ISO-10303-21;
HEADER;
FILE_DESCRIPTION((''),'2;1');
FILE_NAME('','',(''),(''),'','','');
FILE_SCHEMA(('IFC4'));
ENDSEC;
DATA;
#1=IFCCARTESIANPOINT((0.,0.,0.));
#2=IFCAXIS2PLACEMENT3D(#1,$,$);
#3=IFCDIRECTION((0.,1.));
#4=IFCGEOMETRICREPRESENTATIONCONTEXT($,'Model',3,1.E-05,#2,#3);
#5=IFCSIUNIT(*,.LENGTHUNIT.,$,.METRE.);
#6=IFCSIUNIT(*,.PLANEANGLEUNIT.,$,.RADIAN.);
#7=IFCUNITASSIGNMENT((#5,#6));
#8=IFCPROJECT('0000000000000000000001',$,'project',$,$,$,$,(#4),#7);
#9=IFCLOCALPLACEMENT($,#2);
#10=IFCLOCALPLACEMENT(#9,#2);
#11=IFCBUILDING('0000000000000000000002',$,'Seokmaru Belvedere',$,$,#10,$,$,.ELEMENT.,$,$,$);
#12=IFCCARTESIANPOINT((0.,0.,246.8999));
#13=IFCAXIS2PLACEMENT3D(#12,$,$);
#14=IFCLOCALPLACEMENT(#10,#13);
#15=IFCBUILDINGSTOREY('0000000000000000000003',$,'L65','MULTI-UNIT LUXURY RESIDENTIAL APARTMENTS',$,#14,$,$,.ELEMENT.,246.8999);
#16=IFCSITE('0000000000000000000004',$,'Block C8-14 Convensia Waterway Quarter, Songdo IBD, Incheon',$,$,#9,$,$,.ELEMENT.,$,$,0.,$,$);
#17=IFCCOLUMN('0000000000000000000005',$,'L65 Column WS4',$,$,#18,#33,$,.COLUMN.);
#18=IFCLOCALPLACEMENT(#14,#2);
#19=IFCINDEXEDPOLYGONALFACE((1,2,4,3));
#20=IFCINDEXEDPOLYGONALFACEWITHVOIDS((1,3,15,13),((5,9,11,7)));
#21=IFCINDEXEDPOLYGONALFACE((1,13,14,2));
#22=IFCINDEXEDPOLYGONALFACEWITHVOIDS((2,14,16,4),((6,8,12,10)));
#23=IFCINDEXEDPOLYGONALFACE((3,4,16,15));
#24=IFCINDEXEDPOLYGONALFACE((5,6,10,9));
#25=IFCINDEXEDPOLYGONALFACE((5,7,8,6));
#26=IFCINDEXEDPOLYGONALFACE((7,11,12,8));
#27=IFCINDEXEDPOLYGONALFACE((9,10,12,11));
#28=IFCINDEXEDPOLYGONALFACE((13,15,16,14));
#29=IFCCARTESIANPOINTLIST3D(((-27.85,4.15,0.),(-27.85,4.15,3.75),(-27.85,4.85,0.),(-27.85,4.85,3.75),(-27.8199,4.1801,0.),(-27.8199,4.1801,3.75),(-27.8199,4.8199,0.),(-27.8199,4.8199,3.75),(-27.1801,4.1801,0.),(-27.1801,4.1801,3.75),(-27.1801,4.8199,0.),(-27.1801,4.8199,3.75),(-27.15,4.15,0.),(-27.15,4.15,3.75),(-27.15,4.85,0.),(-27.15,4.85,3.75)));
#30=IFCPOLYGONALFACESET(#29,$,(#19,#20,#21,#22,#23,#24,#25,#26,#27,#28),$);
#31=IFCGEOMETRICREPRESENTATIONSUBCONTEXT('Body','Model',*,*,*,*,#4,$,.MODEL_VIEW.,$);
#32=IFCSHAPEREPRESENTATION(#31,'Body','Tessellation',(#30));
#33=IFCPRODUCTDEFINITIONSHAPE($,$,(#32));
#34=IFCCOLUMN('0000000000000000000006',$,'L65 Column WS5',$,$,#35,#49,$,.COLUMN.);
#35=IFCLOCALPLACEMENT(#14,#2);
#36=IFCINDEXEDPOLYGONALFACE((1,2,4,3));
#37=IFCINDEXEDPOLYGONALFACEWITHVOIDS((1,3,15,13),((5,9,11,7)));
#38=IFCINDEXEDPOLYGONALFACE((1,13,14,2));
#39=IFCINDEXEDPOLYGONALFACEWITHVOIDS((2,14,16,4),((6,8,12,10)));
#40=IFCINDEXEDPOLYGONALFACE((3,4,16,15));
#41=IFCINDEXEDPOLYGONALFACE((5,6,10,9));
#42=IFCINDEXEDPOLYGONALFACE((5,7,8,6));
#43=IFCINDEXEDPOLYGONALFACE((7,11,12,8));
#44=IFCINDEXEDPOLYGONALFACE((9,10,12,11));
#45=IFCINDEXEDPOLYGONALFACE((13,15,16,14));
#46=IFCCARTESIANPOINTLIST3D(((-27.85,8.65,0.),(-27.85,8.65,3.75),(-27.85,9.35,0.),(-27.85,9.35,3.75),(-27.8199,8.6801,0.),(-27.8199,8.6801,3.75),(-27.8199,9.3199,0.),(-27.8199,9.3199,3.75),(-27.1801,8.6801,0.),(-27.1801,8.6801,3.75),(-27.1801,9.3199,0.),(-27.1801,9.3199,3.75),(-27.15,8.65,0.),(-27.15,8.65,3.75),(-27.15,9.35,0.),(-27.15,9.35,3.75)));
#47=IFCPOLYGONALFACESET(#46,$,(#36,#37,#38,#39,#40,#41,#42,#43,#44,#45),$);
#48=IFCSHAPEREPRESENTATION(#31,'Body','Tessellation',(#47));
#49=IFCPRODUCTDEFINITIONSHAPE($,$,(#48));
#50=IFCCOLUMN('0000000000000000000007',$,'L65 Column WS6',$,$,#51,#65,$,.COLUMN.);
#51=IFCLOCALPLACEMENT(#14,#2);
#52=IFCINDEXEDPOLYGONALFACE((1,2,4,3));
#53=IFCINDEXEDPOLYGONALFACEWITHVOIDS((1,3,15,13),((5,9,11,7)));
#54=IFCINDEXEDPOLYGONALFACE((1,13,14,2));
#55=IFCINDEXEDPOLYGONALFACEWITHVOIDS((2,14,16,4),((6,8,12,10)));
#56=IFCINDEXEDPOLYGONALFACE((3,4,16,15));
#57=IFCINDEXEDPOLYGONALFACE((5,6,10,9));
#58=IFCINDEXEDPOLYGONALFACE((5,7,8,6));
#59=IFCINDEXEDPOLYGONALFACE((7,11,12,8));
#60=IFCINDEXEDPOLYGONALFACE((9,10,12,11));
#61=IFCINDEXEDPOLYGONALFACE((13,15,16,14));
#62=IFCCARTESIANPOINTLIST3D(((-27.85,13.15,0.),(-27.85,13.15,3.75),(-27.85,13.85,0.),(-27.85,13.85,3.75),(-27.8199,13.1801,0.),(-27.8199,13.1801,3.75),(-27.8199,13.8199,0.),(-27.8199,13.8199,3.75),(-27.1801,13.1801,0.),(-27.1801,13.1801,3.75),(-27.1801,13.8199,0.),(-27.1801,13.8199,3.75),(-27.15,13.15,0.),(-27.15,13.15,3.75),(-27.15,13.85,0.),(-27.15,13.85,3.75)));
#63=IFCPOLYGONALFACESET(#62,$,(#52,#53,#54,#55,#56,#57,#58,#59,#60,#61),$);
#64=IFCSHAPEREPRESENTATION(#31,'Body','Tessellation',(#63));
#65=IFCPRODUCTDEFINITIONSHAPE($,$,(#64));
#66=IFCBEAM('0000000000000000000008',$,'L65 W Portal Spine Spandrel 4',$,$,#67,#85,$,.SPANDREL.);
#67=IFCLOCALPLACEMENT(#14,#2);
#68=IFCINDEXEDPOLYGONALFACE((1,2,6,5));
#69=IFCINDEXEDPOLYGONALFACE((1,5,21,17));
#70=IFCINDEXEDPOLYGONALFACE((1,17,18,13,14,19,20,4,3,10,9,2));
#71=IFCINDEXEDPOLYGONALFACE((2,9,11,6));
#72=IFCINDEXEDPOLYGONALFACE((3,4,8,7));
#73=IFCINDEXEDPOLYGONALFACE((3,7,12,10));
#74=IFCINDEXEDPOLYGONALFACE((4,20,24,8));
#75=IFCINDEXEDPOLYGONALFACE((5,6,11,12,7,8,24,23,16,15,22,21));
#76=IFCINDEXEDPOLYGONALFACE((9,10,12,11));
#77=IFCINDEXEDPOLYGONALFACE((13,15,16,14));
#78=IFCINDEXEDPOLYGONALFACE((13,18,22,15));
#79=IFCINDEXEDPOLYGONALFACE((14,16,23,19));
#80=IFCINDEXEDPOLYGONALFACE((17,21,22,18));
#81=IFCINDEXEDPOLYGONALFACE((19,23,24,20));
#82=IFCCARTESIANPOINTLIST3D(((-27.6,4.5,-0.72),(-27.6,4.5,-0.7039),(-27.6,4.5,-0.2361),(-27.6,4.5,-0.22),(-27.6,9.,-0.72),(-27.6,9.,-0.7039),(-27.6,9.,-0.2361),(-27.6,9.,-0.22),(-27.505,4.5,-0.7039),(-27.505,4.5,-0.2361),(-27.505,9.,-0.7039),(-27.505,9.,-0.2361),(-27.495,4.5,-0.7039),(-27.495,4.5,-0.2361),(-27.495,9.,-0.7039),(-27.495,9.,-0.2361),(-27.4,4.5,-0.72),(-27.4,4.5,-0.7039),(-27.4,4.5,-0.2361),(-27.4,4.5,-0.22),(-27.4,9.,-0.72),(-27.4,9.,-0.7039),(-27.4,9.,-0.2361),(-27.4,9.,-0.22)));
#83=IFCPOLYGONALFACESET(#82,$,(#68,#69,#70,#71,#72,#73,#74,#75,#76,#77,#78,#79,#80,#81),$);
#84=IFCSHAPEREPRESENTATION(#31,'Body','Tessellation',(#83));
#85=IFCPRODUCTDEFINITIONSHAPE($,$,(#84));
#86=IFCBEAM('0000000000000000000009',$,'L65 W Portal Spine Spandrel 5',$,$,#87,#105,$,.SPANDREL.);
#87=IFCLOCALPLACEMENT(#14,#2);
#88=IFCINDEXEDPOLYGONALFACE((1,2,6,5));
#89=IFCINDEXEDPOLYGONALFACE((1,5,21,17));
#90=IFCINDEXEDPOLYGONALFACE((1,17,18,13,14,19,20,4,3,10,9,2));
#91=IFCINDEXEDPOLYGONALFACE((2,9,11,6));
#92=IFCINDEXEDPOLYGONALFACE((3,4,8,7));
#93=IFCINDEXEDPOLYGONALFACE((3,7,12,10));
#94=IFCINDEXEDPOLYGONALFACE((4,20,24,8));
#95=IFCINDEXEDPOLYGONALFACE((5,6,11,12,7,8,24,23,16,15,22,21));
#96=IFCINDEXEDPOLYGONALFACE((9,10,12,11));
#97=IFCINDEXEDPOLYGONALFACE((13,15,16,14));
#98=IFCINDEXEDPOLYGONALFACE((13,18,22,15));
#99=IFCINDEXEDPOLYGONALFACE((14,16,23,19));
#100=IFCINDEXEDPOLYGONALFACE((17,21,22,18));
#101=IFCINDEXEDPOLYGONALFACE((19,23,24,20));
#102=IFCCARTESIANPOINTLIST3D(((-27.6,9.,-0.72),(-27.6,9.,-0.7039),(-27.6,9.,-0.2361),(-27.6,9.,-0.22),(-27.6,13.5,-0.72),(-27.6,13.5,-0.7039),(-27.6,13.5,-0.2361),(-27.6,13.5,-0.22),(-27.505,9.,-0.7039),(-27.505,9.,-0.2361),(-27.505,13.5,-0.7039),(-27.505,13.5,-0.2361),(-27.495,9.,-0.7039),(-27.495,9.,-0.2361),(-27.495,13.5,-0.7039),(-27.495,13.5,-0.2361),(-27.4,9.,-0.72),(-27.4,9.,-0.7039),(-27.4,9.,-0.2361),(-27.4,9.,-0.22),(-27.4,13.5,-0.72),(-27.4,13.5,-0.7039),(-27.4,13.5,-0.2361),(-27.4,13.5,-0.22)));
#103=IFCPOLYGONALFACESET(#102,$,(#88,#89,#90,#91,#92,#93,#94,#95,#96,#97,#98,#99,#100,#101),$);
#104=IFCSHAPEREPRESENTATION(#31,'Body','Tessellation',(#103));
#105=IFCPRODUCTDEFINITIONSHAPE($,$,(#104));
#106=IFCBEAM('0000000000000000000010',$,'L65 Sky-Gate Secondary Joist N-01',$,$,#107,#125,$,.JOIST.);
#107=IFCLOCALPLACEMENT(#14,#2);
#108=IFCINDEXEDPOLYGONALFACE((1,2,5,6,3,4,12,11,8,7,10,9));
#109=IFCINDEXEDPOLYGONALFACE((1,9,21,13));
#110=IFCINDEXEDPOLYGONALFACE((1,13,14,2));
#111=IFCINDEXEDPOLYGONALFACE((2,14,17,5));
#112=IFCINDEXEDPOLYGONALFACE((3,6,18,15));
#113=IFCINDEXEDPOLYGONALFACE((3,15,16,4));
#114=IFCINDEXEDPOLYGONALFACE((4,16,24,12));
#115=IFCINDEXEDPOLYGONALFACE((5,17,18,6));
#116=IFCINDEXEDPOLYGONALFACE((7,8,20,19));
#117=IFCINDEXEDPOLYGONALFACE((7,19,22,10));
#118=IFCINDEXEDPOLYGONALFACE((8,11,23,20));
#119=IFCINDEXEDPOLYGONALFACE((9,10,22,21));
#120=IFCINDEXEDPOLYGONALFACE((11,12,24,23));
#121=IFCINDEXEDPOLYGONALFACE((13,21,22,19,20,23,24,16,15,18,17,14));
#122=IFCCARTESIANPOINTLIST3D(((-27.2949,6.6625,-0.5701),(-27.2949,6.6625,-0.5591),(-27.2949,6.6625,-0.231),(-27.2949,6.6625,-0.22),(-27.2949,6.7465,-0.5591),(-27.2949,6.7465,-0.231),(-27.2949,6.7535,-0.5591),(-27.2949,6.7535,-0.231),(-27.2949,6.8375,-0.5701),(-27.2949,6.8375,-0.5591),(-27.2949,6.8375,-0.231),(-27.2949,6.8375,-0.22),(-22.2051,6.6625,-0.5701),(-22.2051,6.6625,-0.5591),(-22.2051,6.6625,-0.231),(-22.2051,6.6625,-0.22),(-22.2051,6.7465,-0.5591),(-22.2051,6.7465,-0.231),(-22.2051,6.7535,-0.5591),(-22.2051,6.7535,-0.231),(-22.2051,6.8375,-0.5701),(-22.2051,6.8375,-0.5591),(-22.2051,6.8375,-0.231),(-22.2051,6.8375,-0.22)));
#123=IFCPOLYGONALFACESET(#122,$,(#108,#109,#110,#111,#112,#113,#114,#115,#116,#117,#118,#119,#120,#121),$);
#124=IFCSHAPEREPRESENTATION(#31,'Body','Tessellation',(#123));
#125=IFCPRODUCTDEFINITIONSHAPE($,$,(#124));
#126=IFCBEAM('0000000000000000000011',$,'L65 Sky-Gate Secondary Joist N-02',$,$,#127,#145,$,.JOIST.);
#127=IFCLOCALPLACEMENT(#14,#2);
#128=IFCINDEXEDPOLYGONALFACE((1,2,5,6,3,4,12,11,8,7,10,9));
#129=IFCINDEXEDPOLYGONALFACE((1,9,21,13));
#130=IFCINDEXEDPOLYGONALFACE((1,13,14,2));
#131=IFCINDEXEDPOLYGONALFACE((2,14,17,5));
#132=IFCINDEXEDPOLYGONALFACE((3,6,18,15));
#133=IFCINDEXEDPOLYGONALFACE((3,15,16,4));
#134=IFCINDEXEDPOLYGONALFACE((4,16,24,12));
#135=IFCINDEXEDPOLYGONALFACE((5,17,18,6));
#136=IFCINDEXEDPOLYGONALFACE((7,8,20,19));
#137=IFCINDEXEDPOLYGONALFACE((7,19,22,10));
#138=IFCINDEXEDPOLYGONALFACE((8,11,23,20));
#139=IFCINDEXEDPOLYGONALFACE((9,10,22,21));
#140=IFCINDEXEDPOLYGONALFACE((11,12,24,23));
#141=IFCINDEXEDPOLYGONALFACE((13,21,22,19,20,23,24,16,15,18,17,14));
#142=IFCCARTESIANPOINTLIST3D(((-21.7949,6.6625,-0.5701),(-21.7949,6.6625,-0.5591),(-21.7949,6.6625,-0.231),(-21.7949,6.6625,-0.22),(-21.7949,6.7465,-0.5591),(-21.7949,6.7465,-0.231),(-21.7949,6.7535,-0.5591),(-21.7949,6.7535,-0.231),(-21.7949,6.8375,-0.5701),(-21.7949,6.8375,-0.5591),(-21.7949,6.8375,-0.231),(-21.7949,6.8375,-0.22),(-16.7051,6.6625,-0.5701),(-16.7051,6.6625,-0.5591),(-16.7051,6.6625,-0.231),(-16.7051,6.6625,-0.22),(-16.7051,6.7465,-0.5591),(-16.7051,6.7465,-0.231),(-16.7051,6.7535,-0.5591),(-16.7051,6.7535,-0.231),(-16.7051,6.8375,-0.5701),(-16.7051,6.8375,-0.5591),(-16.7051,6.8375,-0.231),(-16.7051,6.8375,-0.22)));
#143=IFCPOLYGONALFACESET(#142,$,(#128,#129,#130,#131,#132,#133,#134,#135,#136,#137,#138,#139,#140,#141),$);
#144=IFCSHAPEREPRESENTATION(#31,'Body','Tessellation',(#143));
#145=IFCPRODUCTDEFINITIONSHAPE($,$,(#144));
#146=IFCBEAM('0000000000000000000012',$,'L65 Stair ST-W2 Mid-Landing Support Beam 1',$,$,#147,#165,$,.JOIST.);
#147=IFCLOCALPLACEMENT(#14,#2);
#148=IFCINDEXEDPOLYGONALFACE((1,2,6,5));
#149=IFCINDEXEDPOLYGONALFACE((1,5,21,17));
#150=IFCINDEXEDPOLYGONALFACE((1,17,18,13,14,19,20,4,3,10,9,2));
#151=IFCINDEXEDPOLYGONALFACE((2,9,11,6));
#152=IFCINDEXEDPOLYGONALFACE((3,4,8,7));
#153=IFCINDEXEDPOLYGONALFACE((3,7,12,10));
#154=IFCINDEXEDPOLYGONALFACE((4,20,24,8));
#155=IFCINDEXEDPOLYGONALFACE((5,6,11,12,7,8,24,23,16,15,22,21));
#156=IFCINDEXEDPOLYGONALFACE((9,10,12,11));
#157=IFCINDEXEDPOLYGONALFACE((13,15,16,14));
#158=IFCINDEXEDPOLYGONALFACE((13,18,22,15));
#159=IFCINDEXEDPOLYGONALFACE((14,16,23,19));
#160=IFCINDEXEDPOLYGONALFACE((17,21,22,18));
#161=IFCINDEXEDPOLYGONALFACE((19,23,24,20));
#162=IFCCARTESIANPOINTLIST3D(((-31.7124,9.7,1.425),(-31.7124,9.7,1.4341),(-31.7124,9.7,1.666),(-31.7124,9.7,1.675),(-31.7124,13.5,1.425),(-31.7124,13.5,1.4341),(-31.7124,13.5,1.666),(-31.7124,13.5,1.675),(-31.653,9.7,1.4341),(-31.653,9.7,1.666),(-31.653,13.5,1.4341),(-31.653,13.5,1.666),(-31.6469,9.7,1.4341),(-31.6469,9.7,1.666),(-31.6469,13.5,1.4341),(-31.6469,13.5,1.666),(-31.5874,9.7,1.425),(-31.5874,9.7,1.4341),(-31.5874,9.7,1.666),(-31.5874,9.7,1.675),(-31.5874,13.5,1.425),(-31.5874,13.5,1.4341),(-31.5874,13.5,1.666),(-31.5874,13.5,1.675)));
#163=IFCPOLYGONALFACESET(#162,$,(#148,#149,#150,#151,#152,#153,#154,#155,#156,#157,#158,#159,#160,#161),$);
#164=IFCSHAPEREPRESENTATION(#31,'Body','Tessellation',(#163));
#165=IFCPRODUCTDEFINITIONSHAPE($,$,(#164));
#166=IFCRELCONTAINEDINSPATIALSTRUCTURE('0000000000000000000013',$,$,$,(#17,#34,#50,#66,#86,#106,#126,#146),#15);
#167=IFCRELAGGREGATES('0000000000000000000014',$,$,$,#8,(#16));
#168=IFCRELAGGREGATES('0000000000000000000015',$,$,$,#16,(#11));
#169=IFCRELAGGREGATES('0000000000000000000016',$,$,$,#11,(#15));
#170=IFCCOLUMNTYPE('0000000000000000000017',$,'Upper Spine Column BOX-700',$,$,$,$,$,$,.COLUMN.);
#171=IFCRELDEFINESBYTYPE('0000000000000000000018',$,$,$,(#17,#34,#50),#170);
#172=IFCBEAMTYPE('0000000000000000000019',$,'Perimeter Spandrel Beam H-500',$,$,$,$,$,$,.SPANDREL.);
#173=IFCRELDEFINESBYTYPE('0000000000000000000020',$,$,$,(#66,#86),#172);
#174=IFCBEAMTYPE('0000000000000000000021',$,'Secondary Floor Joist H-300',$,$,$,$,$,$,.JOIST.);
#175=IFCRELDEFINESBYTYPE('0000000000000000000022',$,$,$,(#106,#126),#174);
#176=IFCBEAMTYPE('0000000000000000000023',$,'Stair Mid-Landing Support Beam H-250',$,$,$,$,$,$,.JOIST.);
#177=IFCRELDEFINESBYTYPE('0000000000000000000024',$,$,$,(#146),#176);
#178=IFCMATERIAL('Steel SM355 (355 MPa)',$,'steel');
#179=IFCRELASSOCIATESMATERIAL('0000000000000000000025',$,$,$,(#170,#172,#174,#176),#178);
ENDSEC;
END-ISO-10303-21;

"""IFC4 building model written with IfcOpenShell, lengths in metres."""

from ifc_helpers import new_model, si_unit, direction, frame, origin, origin_2d, place, context, subcontext, project, spatial, hollow_rectangle, i_section, extrude, source, transform, mapped, material, material_profile, profile_set, type_object, type_shapes, element, save


model = new_model("IFC4")

# Units and contexts
model_context = context("Model", 3, precision=1e-05, world=origin(), true_north=direction((0.0, 1.0)))
body_context = subcontext(model_context, "Body", "Model", "MODEL_VIEW")
ifc_project = project(units=[si_unit("LENGTHUNIT", "METRE"), si_unit("PLANEANGLEUNIT", "RADIAN")], contexts=[model_context])

# Site, building, storey
site_placement = place(None, origin())
site = spatial("IfcSite", under=ifc_project, at=site_placement, Name="Block C8-14 Convensia Waterway Quarter, Songdo IBD, Incheon", CompositionType="ELEMENT", RefElevation=0.0)
building_placement = place(site_placement, origin())
building = spatial("IfcBuilding", under=site, at=building_placement, Name="Seokmaru Belvedere", CompositionType="ELEMENT")
storey_placement = place(building_placement, frame((0.0, 0.0, 246.8999)))
storey = spatial("IfcBuildingStorey", under=building, at=storey_placement, Name="L65", Description="MULTI-UNIT LUXURY RESIDENTIAL APARTMENTS", CompositionType="ELEMENT", Elevation=246.8999)

# Columns
ifc_material_1 = material(Name="Steel SM355 (355 MPa)", Category="steel")
ifc_material_profile_1 = material_profile(ifc_material_1, hollow_rectangle(XDim=0.7, YDim=0.7, WallThickness=0.03, at=origin_2d()), Name="BOX-700x700x30")
ifc_profile_set_1 = profile_set([ifc_material_profile_1], Name="Steel SM355 (355 MPa)")
column_type = type_object("IfcColumnType", Name="Upper Spine Column BOX-700", PredefinedType="COLUMN", material=ifc_profile_set_1)
shared_shape_1 = source(origin(), body_context, "Body", "SweptSolid", [
    extrude(hollow_rectangle(XDim=0.7, YDim=0.7, WallThickness=0.03, at=origin_2d()), origin(), (0.0, 0.0, 1.0), 3.75),
])
type_shapes(column_type, [shared_shape_1])
for number, where, z_axis, x_axis, name in (
    (1, (-27.5, 4.5, 0.0), (0.0, 0.0, 1.0), (1.0, 0.0, 0.0), "L65 Column WS4"),
    (2, (-27.5, 9.0, 0.0), (0.0, 0.0, 1.0), (1.0, 0.0, 0.0), "L65 Column WS5"),
    (3, (-27.5, 13.5, 0.0), (0.0, 0.0, 1.0), (1.0, 0.0, 0.0), "L65 Column WS6"),
):
    element("IfcColumn", number, at=place(storey_placement, frame(where, z_axis=z_axis, x_axis=x_axis)), inside=storey, type_object=column_type, Name=name, PredefinedType="COLUMN", context=body_context, shape_type="MappedRepresentation", body=[
        mapped(shared_shape_1, transform((0.0, 0.0, 0.0), scale=1.0)),
    ])

# Beams
ifc_material_profile_2 = material_profile(ifc_material_1, i_section(OverallWidth=0.2, OverallDepth=0.5, WebThickness=0.01, FlangeThickness=0.0161, at=origin_2d()), Name="H-500x200x10x16")
ifc_profile_set_2 = profile_set([ifc_material_profile_2], Name="Steel SM355 (355 MPa)")
beam_type_1 = type_object("IfcBeamType", Name="Perimeter Spandrel Beam H-500", PredefinedType="SPANDREL", material=ifc_profile_set_2)
shared_shape_2 = source(origin(), body_context, "Body", "SweptSolid", [
    extrude(i_section(OverallWidth=0.2, OverallDepth=0.5, WebThickness=0.01, FlangeThickness=0.0161, at=origin_2d()), origin(), (0.0, 0.0, 1.0), 4.5),
])
type_shapes(beam_type_1, [shared_shape_2])
for number, where, z_axis, x_axis, name in (
    (4, (-27.5, 4.5, -0.47), (0.0, 1.0, 0.0), (-1.0, 0.0, 0.0), "L65 W Portal Spine Spandrel 4"),
    (5, (-27.5, 9.0, -0.47), (0.0, 1.0, 0.0), (-1.0, 0.0, 0.0), "L65 W Portal Spine Spandrel 5"),
):
    element("IfcBeam", number, at=place(storey_placement, frame(where, z_axis=z_axis, x_axis=x_axis)), inside=storey, type_object=beam_type_1, Name=name, PredefinedType="SPANDREL", context=body_context, shape_type="MappedRepresentation", body=[
        mapped(shared_shape_2, transform((0.0, 0.0, 0.0), scale=1.0)),
    ])
ifc_material_profile_3 = material_profile(ifc_material_1, i_section(OverallWidth=0.175, OverallDepth=0.3501, WebThickness=0.0071, FlangeThickness=0.011, at=origin_2d()), Name="H-350x175x7x11")
ifc_profile_set_3 = profile_set([ifc_material_profile_3], Name="Steel SM355 (355 MPa)")
beam_type_2 = type_object("IfcBeamType", Name="Secondary Floor Joist H-300", PredefinedType="JOIST", material=ifc_profile_set_3)
shared_shape_3 = source(origin(), body_context, "Body", "SweptSolid", [
    extrude(i_section(OverallWidth=0.175, OverallDepth=0.3501, WebThickness=0.0071, FlangeThickness=0.011, at=origin_2d()), origin(), (0.0, 0.0, 1.0), 5.0898),
])
type_shapes(beam_type_2, [shared_shape_3])
for number, where, z_axis, x_axis, name in (
    (6, (-27.2949, 6.75, -0.395), (1.0, 0.0, 0.0), (0.0, 1.0, 0.0), "L65 Sky-Gate Secondary Joist N-01"),
    (7, (-21.7949, 6.75, -0.395), (1.0, 0.0, 0.0), (0.0, 1.0, 0.0), "L65 Sky-Gate Secondary Joist N-02"),
):
    element("IfcBeam", number, at=place(storey_placement, frame(where, z_axis=z_axis, x_axis=x_axis)), inside=storey, type_object=beam_type_2, Name=name, PredefinedType="JOIST", context=body_context, shape_type="MappedRepresentation", body=[
        mapped(shared_shape_3, transform((0.0, 0.0, 0.0), scale=1.0)),
    ])
ifc_material_profile_4 = material_profile(ifc_material_1, i_section(OverallWidth=0.125, OverallDepth=0.25, WebThickness=0.0061, FlangeThickness=0.009, at=origin_2d()), Name="H-250x125x6x9")
ifc_profile_set_4 = profile_set([ifc_material_profile_4], Name="Steel SM355 (355 MPa)")
beam_type_3 = type_object("IfcBeamType", Name="Stair Mid-Landing Support Beam H-250", PredefinedType="JOIST", material=ifc_profile_set_4)
shared_shape_4 = source(origin(), body_context, "Body", "SweptSolid", [
    extrude(i_section(OverallWidth=0.125, OverallDepth=0.25, WebThickness=0.0061, FlangeThickness=0.009, at=origin_2d()), origin(), (0.0, 0.0, 1.0), 3.8),
])
type_shapes(beam_type_3, [shared_shape_4])
beam_placement = place(storey_placement, frame((-31.6499, 9.7, 1.55), z_axis=(0.0, 1.0, 0.0), x_axis=(-1.0, 0.0, 0.0)))
element("IfcBeam", 8, at=beam_placement, inside=storey, type_object=beam_type_3, Name="L65 Stair ST-W2 Mid-Landing Support Beam 1", PredefinedType="JOIST", context=body_context, shape_type="MappedRepresentation", body=[
    mapped(shared_shape_4, transform((0.0, 0.0, 0.0), scale=1.0)),
])

save(model, "model.ifc")
